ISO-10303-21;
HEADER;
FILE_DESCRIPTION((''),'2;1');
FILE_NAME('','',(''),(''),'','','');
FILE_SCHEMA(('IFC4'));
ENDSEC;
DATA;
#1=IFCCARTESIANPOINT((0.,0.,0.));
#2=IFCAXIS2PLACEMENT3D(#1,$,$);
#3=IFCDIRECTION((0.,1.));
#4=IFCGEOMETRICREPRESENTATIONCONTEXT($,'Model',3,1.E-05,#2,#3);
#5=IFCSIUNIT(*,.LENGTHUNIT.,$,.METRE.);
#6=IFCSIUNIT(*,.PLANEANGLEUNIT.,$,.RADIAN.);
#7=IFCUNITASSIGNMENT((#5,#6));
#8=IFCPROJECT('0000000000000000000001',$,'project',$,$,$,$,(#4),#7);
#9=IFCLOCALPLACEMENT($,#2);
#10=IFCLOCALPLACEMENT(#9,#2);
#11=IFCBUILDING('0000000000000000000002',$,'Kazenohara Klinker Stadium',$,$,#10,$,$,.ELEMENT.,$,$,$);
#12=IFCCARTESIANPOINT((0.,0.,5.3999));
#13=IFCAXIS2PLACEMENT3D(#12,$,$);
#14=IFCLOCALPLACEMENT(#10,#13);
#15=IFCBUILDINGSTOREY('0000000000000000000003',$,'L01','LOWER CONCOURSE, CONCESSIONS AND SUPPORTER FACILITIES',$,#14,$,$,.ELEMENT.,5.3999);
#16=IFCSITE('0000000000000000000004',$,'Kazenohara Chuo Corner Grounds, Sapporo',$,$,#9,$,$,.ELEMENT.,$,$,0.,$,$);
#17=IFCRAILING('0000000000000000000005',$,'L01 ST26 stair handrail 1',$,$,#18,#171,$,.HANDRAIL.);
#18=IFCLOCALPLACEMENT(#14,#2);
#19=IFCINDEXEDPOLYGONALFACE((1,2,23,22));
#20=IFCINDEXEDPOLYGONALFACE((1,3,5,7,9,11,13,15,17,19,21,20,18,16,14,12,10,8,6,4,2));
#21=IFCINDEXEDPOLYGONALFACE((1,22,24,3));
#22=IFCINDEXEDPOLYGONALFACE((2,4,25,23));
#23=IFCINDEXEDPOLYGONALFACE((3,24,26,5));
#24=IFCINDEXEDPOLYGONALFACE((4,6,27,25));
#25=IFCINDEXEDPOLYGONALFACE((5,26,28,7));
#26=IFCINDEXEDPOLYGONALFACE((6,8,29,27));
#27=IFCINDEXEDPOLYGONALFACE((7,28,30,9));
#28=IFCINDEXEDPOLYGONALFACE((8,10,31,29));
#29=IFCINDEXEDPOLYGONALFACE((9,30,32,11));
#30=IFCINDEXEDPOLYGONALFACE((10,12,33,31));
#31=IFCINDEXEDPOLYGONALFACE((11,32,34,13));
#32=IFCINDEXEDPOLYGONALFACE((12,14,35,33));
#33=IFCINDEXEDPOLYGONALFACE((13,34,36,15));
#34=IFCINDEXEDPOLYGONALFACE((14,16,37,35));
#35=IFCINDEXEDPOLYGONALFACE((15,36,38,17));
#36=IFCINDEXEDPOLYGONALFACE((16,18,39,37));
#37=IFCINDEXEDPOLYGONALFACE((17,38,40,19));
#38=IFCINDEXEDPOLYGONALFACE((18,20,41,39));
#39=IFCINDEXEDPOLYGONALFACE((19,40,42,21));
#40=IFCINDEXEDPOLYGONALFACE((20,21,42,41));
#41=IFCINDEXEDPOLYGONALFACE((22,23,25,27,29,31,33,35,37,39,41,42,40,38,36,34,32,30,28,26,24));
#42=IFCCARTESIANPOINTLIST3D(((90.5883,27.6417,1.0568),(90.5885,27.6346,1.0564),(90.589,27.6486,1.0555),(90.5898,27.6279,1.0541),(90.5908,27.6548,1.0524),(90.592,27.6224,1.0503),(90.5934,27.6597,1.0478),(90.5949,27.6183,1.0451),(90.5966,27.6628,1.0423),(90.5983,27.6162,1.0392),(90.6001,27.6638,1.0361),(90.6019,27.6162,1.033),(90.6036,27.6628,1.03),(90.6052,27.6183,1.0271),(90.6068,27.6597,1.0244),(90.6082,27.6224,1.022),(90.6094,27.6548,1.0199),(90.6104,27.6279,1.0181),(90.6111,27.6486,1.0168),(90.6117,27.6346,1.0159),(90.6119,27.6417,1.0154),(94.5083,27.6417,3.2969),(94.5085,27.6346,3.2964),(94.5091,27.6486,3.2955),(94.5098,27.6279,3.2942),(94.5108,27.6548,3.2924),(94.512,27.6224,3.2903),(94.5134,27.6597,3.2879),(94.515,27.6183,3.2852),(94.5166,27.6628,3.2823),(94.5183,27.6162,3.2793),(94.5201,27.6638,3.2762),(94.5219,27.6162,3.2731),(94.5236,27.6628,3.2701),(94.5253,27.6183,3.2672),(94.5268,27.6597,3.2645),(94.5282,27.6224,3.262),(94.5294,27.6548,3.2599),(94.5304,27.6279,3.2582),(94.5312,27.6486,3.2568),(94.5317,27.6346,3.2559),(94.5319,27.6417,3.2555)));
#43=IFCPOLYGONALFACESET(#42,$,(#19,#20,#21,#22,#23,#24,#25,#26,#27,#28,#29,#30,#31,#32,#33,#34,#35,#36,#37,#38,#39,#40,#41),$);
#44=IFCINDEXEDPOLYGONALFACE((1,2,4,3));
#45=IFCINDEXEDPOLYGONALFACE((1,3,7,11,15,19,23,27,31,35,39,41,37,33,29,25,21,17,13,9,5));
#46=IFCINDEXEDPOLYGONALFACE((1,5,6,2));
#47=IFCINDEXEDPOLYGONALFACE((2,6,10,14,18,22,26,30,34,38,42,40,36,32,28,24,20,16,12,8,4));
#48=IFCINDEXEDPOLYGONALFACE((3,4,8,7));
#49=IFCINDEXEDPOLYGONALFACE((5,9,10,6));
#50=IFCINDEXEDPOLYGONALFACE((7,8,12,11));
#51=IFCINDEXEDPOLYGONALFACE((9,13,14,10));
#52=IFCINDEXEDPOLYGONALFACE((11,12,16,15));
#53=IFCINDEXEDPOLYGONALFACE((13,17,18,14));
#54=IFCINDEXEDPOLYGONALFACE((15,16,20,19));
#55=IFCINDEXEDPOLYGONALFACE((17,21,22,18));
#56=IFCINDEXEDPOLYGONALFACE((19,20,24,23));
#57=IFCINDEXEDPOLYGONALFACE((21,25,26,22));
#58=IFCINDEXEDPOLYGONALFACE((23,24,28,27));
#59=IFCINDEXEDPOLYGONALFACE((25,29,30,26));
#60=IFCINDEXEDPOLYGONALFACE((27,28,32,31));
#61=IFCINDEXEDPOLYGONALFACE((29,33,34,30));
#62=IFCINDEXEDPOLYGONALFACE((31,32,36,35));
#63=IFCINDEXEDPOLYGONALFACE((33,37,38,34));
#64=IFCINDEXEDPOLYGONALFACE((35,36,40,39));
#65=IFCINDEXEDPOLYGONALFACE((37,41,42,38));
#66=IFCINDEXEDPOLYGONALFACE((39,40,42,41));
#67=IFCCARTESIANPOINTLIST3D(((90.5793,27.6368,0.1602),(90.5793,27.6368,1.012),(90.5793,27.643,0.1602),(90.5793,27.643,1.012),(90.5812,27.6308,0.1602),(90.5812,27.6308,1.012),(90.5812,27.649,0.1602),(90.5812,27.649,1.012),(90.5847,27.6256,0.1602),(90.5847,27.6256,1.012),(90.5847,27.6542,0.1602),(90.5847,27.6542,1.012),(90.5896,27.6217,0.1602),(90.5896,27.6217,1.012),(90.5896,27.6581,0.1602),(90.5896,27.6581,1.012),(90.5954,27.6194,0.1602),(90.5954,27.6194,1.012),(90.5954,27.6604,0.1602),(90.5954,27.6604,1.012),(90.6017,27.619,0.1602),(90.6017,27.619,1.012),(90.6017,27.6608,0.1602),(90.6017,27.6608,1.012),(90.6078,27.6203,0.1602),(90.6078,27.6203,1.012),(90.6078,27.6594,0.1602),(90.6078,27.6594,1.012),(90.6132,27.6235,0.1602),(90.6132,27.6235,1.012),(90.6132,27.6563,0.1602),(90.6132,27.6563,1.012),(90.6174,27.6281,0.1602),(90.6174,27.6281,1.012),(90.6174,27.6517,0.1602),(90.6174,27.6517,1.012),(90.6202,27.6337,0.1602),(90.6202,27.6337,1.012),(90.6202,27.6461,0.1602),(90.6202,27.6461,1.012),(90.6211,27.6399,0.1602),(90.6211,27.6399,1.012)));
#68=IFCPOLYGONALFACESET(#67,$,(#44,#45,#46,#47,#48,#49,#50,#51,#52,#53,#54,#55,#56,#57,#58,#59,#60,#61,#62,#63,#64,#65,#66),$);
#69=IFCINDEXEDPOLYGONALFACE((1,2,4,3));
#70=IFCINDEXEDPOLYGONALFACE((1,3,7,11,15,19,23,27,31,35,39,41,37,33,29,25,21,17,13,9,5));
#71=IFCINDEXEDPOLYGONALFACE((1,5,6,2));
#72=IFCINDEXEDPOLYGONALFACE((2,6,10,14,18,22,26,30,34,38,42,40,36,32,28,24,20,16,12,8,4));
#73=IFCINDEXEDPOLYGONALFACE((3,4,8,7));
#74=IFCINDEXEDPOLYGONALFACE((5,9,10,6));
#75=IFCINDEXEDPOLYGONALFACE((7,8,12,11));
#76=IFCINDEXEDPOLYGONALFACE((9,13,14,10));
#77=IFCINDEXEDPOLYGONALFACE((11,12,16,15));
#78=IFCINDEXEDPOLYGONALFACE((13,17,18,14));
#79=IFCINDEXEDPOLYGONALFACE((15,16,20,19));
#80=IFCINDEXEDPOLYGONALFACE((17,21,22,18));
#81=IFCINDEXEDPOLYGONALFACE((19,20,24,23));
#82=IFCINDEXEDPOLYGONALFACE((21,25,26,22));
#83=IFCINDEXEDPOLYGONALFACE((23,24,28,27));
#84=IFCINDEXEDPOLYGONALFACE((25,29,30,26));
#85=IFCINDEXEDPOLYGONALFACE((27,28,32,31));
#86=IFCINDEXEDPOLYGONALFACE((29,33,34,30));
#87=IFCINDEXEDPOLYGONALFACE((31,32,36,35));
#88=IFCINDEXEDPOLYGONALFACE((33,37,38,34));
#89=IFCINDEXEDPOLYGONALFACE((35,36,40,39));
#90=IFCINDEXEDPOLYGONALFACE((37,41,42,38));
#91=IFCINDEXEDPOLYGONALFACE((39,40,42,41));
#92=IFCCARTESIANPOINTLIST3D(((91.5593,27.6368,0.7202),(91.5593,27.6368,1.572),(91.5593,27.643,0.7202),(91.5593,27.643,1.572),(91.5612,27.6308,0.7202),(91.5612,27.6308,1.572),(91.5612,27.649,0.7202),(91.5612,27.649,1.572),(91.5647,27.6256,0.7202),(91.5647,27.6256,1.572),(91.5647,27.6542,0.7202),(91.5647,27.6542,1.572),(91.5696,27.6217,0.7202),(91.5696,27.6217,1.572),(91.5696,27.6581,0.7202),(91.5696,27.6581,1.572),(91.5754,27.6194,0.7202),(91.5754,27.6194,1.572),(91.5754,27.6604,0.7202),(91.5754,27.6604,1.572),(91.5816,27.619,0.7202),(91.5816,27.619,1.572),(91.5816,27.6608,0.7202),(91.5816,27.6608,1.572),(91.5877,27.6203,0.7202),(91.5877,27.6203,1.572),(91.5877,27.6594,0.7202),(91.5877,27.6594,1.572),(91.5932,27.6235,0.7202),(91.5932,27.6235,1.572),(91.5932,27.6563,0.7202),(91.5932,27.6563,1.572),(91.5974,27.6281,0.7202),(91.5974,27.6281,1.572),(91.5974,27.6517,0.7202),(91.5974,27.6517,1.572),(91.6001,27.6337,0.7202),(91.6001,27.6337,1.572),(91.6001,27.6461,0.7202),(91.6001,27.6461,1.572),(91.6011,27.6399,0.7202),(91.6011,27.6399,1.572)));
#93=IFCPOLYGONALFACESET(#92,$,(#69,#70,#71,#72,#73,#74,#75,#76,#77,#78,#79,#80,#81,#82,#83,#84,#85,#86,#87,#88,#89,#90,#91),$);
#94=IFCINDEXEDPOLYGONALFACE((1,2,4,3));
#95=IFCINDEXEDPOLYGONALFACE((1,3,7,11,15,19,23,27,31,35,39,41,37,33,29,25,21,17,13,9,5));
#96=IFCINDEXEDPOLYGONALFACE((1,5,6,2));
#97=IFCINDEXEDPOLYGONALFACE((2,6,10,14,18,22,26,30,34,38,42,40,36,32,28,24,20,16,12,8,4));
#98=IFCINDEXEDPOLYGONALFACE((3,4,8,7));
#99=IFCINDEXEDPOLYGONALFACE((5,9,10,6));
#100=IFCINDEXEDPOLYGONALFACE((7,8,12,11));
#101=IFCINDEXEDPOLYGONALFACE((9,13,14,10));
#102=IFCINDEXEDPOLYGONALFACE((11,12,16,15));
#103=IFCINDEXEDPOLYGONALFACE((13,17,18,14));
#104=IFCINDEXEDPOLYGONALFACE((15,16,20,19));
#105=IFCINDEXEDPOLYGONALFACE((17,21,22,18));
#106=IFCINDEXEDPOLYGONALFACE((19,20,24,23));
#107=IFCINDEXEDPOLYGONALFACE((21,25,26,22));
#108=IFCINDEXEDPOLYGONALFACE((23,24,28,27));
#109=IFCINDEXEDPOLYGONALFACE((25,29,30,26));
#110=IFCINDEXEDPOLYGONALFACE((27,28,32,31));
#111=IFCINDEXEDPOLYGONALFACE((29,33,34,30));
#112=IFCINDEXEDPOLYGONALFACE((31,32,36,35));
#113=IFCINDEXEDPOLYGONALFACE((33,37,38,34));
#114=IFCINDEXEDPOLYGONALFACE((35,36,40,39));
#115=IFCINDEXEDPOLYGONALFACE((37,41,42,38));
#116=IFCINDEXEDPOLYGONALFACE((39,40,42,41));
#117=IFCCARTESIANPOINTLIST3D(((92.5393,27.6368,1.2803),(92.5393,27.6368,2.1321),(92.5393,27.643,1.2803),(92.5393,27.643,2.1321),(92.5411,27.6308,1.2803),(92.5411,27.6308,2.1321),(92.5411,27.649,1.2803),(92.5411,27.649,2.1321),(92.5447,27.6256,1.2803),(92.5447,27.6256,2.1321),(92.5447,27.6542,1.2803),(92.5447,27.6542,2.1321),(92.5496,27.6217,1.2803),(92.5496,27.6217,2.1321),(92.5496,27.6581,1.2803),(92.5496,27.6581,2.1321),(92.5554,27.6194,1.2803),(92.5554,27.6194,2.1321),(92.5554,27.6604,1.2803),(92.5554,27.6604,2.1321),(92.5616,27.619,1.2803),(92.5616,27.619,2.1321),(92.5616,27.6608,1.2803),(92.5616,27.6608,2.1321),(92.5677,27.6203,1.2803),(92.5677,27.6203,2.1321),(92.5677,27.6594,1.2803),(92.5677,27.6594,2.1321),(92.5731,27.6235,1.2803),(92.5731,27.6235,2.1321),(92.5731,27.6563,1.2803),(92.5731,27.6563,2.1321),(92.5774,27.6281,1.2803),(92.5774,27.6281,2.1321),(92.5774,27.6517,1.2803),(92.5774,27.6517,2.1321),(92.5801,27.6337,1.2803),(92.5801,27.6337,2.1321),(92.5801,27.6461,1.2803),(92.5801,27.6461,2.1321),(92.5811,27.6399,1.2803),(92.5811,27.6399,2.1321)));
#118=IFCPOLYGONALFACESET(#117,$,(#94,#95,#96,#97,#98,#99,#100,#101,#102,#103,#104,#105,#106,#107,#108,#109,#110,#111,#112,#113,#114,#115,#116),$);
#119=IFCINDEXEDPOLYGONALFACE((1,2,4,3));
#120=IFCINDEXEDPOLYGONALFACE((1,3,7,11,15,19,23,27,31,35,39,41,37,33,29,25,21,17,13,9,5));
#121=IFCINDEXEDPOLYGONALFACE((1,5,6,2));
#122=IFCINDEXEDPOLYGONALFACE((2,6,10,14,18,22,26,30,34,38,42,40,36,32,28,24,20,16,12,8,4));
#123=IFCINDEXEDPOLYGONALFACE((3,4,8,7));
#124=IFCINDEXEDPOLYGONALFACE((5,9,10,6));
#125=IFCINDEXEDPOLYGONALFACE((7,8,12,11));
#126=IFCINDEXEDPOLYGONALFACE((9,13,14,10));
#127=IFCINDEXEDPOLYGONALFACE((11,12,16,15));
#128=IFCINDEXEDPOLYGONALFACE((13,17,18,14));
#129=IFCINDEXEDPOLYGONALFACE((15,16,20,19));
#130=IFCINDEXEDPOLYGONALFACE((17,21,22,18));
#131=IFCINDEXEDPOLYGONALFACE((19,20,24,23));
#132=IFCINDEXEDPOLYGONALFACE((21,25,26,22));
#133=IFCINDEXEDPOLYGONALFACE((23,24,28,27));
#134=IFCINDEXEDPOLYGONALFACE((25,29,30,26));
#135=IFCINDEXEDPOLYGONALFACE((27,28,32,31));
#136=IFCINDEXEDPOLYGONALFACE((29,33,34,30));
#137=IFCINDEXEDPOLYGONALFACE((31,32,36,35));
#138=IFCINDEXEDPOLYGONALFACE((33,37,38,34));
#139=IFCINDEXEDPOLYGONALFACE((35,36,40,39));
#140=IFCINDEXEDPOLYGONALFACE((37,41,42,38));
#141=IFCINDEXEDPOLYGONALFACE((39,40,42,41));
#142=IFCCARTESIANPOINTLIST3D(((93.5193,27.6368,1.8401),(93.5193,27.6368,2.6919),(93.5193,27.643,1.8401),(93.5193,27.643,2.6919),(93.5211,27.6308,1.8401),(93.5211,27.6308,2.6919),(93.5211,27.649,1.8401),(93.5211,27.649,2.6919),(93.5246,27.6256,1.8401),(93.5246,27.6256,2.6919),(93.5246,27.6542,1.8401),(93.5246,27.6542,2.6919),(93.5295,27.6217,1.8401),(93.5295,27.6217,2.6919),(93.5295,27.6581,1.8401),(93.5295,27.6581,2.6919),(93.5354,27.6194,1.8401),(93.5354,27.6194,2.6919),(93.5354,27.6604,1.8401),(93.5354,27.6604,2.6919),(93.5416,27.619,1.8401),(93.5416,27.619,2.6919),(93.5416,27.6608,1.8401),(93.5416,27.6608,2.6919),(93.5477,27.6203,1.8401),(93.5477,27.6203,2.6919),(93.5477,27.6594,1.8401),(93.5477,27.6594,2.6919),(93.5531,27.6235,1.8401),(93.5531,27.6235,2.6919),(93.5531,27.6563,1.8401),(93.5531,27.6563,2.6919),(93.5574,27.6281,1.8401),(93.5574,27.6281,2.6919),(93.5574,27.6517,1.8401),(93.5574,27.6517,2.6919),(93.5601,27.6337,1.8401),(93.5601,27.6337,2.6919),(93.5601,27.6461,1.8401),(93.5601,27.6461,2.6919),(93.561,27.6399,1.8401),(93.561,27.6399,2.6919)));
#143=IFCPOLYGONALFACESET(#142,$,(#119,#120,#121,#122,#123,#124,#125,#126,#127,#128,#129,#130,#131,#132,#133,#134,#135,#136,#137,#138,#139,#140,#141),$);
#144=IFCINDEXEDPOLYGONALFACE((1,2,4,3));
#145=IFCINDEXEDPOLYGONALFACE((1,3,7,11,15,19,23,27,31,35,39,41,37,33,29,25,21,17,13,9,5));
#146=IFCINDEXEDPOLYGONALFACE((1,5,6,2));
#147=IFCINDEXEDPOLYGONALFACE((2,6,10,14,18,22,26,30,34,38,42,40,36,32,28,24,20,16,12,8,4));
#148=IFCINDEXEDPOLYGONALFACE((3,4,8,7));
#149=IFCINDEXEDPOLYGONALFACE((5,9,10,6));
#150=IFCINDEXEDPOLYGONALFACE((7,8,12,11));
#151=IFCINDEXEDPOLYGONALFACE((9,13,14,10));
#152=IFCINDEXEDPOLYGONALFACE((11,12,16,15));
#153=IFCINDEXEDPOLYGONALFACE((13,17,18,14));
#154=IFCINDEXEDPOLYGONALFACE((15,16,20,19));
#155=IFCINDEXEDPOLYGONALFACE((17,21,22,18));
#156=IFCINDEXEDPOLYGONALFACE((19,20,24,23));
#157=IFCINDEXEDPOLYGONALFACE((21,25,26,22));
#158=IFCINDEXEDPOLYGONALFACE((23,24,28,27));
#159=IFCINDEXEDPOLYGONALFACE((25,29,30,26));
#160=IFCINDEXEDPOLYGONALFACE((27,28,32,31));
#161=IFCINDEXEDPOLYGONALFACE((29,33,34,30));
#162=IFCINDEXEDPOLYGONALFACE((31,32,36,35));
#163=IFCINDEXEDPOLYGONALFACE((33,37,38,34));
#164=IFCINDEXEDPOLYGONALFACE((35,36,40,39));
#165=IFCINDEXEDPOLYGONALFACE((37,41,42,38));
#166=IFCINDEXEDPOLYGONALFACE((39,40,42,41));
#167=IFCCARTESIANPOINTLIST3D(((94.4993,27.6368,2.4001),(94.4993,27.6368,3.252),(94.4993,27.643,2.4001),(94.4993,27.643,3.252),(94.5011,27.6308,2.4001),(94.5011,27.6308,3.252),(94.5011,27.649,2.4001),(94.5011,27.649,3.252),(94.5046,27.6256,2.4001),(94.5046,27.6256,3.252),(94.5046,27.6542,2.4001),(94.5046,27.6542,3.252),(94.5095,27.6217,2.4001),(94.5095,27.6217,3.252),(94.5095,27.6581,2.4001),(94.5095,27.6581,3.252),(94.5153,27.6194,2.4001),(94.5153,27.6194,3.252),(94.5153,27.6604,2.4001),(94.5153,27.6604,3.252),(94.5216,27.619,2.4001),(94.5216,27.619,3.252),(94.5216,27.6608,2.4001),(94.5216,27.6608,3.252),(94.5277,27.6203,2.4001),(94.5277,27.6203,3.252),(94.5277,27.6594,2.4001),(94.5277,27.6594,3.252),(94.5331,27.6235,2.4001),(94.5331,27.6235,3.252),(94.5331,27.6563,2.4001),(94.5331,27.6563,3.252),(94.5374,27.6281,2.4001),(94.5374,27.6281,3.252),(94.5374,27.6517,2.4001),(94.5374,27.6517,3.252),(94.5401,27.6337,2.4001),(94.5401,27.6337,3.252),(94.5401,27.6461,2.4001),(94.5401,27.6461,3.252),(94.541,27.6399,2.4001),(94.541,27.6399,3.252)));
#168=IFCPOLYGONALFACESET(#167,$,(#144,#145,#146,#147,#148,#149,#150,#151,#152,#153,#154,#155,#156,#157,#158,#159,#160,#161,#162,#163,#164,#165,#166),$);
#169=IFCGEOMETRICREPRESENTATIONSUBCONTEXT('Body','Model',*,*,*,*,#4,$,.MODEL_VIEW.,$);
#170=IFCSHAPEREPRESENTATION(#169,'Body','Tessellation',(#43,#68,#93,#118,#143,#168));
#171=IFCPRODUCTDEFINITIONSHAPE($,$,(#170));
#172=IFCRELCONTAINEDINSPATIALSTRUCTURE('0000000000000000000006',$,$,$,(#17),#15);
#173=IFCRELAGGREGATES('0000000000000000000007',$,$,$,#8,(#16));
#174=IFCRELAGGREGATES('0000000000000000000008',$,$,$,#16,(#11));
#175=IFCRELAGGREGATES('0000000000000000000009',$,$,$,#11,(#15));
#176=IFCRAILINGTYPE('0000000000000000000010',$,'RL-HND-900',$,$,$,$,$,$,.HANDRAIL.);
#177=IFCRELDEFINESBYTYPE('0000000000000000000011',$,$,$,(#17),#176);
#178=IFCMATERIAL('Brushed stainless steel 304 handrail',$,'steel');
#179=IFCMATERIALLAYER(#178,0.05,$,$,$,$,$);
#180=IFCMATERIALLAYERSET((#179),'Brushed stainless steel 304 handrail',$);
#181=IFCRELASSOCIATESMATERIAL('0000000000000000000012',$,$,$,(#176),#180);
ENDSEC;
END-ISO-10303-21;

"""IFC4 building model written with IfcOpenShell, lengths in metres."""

from ifc_helpers import new_model, si_unit, direction, frame, origin, origin_2d, place, context, subcontext, project, spatial, circle, extrude, material, layer, layer_set, type_object, element, save


model = new_model("IFC4")

# Units and contexts
model_context = context("Model", 3, precision=1e-05, world=origin(), true_north=direction((0.0, 1.0)))
body_context = subcontext(model_context, "Body", "Model", "MODEL_VIEW")
ifc_project = project(units=[si_unit("LENGTHUNIT", "METRE"), si_unit("PLANEANGLEUNIT", "RADIAN")], contexts=[model_context])

# Site, building, storey
site_placement = place(None, origin())
site = spatial("IfcSite", under=ifc_project, at=site_placement, Name="Kazenohara Chuo Corner Grounds, Sapporo", CompositionType="ELEMENT", RefElevation=0.0)
building_placement = place(site_placement, origin())
building = spatial("IfcBuilding", under=site, at=building_placement, Name="Kazenohara Klinker Stadium", CompositionType="ELEMENT")
storey_placement = place(building_placement, frame((0.0, 0.0, 5.3999)))
storey = spatial("IfcBuildingStorey", under=building, at=storey_placement, Name="L01", Description="LOWER CONCOURSE, CONCESSIONS AND SUPPORTER FACILITIES", CompositionType="ELEMENT", Elevation=5.3999)

# Railing
ifc_material_1 = material(Name="Brushed stainless steel 304 handrail", Category="steel")
ifc_layer_1 = layer(ifc_material_1, 0.05)
ifc_layer_set_1 = layer_set([ifc_layer_1], Name="Brushed stainless steel 304 handrail")
railing_type_1 = type_object("IfcRailingType", Name="RL-HND-900", PredefinedType="HANDRAIL", material=ifc_layer_set_1)
railing_1_placement = place(storey_placement, frame((90.6001, 27.6399, 0.1602)))
element("IfcRailing", 1, at=railing_1_placement, inside=storey, type_object=railing_type_1, Name="L01 ST26 stair handrail 1", PredefinedType="HANDRAIL", context=body_context, shape_type="SweptSolid", body=[
    extrude(circle(Radius=0.0239, at=origin_2d()), frame((0.0, 0.0, 0.876), z_axis=(0.86824, 0.0, 0.496145), x_axis=(0.0, 1.0, 0.0)), (0.0, 0.0, 1.0), 4.5149),
    extrude(circle(Radius=0.021, at=origin_2d()), origin(), (0.0, 0.0, 1.0), 0.8518),
    extrude(circle(Radius=0.021, at=origin_2d()), frame((0.98, 0.0, 0.5601)), (0.0, 0.0, 1.0), 0.8518),
    extrude(circle(Radius=0.021, at=origin_2d()), frame((1.96, 0.0, 1.1201)), (0.0, 0.0, 1.0), 0.8518),
    extrude(circle(Radius=0.021, at=origin_2d()), frame((2.9399, 0.0, 1.6799)), (0.0, 0.0, 1.0), 0.8518),
    extrude(circle(Radius=0.021, at=origin_2d()), frame((3.9199, 0.0, 2.24)), (0.0, 0.0, 1.0), 0.8518),
])

save(model, "model.ifc")
